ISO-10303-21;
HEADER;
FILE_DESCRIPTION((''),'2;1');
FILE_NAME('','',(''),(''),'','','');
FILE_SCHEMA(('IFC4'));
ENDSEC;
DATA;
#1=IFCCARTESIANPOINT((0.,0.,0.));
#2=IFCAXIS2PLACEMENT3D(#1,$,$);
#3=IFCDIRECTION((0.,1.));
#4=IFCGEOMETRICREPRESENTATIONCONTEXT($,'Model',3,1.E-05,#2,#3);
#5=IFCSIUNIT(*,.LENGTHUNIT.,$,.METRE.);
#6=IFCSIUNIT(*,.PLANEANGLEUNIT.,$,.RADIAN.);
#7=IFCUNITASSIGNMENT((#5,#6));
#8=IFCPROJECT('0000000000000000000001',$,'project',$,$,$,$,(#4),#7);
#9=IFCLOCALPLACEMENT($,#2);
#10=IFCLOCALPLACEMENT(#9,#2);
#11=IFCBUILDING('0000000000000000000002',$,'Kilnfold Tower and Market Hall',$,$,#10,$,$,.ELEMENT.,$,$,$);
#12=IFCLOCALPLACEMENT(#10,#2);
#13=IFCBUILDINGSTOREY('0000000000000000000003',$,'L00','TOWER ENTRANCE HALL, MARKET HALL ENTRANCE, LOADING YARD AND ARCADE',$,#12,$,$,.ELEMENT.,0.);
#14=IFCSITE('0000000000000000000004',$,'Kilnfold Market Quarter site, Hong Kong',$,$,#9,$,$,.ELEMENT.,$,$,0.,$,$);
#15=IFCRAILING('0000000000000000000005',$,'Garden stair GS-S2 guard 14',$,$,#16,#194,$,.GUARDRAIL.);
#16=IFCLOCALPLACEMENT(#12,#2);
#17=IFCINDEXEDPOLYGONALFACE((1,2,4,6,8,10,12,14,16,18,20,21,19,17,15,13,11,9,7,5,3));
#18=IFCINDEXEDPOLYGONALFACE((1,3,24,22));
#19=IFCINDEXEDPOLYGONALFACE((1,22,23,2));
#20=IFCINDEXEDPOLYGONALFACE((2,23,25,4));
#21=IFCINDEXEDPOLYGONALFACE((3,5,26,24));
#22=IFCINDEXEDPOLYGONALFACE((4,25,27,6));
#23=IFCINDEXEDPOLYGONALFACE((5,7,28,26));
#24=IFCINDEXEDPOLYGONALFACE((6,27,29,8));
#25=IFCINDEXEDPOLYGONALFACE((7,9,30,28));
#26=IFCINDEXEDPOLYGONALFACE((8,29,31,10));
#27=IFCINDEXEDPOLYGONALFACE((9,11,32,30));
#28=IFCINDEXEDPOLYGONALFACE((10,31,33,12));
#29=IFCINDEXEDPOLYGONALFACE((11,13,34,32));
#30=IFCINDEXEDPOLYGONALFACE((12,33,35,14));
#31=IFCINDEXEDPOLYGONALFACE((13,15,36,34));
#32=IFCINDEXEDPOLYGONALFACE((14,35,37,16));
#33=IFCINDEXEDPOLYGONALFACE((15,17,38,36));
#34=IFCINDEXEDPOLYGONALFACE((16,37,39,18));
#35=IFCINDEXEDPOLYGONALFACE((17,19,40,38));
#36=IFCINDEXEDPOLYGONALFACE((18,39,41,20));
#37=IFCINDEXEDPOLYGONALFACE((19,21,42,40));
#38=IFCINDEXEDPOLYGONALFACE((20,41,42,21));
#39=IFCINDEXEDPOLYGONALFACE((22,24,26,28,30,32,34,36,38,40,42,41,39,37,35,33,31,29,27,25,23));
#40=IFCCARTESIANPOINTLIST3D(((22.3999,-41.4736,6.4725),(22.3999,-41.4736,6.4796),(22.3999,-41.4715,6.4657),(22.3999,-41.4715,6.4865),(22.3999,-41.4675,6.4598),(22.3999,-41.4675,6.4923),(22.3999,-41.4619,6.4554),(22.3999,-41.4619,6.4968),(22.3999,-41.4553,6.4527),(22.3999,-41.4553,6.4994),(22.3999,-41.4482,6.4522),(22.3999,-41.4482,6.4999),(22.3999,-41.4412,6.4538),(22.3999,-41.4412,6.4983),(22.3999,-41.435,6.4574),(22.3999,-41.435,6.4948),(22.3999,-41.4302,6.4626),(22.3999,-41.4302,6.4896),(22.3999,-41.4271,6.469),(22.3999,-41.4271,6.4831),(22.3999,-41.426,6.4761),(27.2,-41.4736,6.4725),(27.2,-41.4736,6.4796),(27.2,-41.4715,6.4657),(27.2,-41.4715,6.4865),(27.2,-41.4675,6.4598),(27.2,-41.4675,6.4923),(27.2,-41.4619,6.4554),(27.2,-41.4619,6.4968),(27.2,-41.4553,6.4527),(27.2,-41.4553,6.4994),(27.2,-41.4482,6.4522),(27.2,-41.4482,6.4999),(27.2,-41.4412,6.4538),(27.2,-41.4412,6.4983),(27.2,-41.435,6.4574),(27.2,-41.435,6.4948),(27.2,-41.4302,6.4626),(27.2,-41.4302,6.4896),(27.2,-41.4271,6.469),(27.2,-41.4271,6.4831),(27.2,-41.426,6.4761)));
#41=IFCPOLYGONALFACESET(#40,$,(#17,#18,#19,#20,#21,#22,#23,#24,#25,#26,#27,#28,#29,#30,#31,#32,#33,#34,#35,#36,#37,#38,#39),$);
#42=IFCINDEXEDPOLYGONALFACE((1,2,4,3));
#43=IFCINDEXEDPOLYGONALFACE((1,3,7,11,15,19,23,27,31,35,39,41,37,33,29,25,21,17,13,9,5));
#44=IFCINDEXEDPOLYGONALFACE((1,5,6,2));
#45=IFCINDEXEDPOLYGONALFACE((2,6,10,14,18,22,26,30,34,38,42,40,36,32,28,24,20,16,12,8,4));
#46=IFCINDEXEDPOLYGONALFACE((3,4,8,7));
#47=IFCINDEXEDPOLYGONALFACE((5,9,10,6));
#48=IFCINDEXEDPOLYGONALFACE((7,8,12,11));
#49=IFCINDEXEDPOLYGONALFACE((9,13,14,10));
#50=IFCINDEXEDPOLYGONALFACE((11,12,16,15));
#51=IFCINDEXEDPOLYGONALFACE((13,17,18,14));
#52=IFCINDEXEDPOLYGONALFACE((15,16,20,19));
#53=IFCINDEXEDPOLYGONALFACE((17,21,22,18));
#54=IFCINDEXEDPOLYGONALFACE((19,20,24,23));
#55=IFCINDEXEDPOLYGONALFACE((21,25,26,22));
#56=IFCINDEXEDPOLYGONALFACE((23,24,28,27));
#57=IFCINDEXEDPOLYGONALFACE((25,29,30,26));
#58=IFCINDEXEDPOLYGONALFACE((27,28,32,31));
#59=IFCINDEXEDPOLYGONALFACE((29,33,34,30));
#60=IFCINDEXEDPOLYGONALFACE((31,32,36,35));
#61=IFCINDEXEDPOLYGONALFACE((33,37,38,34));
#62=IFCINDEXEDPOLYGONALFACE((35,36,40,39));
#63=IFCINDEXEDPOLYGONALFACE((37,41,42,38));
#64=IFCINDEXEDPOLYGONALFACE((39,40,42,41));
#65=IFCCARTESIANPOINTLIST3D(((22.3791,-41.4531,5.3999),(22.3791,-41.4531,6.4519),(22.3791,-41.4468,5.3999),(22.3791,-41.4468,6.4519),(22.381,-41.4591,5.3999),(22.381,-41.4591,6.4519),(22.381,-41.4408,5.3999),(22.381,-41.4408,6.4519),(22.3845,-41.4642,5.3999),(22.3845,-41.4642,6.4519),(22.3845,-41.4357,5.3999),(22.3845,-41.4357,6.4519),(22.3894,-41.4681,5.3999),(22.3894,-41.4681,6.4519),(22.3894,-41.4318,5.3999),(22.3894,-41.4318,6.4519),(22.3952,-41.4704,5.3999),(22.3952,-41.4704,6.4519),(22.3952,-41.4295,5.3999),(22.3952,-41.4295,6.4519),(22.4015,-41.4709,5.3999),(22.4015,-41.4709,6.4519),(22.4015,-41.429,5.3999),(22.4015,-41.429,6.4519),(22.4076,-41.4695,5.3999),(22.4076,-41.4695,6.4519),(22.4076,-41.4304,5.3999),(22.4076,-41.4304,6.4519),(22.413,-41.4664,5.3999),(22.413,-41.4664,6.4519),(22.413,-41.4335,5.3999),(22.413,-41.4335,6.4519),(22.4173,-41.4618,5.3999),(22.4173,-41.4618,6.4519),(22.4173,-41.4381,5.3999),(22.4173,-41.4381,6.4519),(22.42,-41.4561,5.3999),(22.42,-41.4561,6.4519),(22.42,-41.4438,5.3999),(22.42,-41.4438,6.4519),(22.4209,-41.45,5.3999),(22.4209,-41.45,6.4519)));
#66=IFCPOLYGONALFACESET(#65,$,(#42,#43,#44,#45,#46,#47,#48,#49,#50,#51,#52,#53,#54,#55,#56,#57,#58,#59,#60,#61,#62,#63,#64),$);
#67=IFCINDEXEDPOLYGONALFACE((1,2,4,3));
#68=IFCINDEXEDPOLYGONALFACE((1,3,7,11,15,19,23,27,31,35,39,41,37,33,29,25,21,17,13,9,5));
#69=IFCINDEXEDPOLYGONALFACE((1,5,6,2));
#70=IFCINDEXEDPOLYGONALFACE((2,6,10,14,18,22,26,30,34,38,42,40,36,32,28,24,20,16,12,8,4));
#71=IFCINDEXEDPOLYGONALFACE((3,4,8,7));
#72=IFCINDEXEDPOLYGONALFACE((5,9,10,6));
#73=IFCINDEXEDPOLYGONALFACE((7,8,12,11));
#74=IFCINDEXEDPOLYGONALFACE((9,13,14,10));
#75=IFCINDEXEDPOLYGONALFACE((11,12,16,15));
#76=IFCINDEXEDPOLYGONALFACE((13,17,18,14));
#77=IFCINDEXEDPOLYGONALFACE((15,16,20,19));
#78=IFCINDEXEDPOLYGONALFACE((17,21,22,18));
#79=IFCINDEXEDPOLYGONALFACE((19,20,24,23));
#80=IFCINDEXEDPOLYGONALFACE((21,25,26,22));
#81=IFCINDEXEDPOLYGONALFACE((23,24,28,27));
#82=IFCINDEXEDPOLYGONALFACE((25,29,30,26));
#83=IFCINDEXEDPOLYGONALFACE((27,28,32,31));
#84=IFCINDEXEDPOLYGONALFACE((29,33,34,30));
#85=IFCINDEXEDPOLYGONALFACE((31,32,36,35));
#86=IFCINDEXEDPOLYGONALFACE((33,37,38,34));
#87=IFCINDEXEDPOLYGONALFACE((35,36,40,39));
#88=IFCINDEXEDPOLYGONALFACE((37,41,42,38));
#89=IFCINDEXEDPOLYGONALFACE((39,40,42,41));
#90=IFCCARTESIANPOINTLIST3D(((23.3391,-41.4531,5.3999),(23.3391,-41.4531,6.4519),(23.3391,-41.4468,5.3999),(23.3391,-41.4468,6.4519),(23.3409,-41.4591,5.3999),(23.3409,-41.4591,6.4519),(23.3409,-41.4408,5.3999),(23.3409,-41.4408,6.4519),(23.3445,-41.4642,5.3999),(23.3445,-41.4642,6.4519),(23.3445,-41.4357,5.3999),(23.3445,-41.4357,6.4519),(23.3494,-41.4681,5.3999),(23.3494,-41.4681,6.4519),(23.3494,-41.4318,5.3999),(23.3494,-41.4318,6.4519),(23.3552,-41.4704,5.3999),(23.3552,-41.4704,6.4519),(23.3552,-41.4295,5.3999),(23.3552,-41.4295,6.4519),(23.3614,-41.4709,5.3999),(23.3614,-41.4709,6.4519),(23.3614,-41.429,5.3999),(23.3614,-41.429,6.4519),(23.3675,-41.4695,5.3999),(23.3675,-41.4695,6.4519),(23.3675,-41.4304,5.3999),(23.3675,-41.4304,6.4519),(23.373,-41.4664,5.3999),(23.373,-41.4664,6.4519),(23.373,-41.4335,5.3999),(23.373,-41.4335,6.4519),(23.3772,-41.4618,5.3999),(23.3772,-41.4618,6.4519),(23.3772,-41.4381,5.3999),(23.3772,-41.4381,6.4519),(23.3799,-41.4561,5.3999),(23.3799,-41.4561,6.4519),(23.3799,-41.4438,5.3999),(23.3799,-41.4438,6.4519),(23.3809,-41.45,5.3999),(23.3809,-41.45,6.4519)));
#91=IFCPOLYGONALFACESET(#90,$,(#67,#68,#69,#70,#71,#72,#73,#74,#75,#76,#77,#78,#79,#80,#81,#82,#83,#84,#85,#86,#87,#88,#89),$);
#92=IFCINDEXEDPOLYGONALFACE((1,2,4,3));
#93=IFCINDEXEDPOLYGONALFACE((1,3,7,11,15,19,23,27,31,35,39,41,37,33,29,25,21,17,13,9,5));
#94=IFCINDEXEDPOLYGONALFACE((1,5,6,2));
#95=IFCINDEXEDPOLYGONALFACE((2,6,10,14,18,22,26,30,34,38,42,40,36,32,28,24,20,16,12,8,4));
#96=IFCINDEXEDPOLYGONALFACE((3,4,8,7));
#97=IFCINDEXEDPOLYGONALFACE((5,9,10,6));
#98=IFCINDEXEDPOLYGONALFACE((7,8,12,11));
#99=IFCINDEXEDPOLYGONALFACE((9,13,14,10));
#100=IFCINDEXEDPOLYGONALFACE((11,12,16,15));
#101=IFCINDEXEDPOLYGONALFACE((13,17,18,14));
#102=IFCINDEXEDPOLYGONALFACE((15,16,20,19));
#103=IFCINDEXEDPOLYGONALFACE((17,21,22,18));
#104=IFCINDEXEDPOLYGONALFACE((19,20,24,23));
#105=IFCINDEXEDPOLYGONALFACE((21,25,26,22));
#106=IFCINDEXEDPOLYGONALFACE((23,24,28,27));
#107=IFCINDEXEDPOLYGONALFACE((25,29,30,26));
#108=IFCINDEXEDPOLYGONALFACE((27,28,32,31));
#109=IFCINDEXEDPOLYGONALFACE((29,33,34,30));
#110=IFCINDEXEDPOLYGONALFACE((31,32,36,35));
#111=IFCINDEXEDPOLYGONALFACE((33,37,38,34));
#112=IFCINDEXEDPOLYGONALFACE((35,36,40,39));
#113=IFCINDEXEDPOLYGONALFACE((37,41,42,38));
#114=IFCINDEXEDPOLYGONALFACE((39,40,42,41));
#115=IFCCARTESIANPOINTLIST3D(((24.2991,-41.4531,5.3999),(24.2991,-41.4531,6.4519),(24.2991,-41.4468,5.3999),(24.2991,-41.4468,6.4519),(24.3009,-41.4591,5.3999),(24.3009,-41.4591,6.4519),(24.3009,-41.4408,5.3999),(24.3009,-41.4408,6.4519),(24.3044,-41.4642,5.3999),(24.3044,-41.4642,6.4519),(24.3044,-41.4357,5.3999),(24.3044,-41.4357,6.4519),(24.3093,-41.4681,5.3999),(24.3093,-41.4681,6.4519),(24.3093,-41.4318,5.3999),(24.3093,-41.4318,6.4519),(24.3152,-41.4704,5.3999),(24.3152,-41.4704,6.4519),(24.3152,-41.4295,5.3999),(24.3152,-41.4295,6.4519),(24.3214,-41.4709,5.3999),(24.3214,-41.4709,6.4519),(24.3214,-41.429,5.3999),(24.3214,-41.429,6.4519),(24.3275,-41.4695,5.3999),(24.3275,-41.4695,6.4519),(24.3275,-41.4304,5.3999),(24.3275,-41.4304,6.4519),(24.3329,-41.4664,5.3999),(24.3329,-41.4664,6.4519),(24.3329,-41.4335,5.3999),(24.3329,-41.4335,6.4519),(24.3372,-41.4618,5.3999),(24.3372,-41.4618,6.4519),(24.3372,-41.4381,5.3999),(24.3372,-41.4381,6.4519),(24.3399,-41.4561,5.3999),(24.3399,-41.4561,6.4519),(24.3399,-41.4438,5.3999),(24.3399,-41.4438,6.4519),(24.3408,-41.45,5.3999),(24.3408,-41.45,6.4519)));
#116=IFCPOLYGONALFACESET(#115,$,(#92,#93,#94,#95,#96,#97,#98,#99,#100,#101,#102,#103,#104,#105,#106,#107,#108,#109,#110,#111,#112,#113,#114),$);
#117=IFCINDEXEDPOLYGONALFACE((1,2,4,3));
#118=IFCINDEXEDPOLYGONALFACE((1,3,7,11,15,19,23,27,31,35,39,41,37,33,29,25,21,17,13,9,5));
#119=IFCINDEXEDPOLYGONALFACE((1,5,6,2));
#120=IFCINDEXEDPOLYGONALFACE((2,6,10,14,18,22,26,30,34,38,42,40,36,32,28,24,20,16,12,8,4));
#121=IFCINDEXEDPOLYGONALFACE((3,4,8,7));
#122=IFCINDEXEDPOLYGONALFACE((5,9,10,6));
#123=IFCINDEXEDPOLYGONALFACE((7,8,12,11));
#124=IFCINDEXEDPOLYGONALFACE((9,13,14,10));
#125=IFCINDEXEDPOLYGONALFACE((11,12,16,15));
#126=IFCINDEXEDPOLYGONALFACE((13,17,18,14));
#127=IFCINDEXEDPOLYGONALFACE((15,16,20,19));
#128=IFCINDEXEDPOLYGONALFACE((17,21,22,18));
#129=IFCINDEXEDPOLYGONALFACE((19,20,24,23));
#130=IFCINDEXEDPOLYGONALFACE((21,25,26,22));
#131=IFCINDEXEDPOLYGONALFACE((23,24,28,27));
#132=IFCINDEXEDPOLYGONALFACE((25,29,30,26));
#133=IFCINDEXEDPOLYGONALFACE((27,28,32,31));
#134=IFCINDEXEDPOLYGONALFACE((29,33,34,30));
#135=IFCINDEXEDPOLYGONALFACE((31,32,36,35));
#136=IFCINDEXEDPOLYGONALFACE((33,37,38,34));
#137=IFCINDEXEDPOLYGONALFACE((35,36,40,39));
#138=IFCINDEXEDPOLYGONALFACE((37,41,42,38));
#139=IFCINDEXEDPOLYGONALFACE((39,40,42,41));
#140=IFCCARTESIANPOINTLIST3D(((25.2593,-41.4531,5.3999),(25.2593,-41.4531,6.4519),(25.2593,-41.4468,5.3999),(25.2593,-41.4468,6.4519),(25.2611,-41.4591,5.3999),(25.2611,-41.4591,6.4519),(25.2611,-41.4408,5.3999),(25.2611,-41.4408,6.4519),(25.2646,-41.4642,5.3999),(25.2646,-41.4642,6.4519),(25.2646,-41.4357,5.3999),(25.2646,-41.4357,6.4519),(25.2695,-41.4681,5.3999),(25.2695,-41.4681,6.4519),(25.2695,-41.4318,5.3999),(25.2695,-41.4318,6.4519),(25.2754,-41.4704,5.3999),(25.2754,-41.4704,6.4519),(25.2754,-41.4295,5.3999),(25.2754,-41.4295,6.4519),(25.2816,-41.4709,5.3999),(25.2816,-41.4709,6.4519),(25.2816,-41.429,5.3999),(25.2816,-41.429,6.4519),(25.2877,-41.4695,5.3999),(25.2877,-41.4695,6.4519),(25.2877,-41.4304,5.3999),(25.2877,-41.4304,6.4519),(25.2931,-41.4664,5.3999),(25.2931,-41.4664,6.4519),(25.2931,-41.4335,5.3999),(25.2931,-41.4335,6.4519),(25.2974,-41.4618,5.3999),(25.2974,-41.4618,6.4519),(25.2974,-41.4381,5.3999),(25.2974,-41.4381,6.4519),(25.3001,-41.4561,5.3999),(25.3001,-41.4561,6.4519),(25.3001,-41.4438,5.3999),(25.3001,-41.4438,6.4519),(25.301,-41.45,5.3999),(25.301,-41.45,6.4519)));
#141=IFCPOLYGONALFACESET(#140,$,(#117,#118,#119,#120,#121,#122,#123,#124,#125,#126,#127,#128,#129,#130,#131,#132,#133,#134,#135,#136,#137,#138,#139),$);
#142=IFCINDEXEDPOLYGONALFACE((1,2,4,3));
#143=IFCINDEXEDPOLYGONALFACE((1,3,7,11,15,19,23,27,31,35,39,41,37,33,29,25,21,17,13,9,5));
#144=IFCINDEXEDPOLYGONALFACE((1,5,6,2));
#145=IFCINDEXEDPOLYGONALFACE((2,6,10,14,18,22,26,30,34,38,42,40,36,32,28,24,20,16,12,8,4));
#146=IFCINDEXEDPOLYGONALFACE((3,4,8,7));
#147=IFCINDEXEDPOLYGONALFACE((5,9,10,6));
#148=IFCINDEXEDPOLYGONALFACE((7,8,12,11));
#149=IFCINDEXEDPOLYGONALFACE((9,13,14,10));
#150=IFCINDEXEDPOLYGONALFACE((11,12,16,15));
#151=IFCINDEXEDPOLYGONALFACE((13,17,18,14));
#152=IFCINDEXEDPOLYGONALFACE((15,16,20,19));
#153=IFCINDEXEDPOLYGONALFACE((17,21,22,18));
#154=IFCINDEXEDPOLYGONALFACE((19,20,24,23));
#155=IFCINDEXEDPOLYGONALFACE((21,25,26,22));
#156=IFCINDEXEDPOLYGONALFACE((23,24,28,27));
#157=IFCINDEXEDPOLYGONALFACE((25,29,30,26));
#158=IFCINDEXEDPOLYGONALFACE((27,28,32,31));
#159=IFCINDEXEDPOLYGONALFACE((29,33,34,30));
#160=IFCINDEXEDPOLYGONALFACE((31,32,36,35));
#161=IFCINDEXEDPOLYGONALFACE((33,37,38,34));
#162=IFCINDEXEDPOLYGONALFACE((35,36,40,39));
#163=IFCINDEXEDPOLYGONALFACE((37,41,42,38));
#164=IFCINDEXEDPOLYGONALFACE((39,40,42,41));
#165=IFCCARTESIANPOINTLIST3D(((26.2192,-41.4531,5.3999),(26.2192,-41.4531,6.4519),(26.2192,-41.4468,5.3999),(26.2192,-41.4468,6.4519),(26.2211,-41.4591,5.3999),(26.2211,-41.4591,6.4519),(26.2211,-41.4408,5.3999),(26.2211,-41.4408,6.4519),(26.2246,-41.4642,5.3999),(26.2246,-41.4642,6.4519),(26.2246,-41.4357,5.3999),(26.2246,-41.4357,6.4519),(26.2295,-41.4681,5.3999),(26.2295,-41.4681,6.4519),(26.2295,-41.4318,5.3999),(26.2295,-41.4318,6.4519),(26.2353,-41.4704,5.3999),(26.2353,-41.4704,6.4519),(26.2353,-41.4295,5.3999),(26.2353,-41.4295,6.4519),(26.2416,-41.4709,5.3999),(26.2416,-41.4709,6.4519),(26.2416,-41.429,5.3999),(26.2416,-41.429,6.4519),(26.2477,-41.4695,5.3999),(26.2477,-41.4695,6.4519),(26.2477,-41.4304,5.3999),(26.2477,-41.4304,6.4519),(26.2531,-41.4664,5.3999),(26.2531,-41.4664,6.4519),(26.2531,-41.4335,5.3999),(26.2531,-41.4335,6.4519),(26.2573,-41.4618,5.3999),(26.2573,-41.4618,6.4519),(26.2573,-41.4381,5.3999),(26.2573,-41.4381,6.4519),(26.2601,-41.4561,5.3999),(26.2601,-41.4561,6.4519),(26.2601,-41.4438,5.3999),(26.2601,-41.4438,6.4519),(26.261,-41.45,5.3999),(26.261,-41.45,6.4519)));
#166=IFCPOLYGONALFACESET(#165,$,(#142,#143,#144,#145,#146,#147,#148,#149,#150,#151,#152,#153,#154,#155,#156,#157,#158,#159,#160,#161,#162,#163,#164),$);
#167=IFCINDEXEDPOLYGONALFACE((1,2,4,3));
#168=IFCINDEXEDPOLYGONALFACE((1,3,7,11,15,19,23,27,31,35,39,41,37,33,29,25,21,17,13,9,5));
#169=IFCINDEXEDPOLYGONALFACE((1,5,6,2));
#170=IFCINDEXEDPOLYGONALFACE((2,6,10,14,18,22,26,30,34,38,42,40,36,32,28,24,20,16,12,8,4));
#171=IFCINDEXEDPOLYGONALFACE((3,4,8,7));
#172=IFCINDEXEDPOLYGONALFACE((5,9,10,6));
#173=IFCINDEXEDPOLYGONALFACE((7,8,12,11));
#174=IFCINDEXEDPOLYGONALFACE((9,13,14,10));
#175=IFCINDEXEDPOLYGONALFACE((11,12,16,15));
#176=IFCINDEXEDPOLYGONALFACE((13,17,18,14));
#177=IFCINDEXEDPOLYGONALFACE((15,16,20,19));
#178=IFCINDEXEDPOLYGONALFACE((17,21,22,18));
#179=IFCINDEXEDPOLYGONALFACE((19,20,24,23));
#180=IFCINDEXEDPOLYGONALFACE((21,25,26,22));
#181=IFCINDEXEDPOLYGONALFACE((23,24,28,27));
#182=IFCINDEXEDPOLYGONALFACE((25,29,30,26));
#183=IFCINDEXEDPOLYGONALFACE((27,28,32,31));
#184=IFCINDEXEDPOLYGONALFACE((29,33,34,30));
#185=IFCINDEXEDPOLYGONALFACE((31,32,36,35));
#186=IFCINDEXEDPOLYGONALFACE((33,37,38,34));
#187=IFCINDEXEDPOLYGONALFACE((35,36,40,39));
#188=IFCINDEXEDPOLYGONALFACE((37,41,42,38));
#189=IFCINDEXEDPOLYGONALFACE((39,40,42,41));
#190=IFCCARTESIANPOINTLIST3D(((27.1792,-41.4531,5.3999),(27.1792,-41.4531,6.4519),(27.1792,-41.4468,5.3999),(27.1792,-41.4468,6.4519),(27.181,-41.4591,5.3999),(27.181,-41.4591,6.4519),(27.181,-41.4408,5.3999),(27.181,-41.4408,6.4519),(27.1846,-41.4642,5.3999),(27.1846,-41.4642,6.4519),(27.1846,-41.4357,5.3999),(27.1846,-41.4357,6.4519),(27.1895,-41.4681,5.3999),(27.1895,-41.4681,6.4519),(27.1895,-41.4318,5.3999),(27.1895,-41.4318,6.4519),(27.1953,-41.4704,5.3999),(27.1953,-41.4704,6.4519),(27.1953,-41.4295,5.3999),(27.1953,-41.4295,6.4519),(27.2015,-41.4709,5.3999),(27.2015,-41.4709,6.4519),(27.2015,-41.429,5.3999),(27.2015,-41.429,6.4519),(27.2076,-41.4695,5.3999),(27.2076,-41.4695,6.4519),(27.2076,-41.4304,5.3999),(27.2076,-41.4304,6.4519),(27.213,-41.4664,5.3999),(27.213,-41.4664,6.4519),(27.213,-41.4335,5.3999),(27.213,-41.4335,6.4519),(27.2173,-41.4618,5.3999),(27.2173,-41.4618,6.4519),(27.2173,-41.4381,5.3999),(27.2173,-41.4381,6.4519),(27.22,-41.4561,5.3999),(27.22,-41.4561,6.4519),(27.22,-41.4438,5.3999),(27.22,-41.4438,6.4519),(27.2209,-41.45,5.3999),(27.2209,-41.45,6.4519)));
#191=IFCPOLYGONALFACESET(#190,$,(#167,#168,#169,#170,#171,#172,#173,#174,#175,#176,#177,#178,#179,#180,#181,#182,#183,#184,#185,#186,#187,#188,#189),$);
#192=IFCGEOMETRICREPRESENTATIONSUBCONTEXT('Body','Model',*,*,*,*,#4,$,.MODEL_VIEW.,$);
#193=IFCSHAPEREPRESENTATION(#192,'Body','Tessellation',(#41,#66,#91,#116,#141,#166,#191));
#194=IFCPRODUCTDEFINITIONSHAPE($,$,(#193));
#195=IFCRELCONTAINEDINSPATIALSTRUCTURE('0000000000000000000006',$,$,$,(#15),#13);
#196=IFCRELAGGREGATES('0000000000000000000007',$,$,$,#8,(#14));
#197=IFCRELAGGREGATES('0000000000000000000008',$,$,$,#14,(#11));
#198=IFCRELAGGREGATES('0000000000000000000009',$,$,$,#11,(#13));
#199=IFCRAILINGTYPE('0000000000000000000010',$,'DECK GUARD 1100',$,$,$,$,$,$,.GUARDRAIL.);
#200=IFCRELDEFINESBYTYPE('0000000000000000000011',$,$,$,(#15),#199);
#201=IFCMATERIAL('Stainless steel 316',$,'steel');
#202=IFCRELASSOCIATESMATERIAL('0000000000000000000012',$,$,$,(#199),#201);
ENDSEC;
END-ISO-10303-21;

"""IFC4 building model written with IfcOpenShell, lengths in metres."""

from ifc_helpers import new_model, si_unit, direction, frame, origin, origin_2d, place, context, subcontext, project, spatial, circle, extrude, material, type_object, element, save


model = new_model("IFC4")

# Units and contexts
model_context = context("Model", 3, precision=1e-05, world=origin(), true_north=direction((0.0, 1.0)))
body_context = subcontext(model_context, "Body", "Model", "MODEL_VIEW")
ifc_project = project(units=[si_unit("LENGTHUNIT", "METRE"), si_unit("PLANEANGLEUNIT", "RADIAN")], contexts=[model_context])

# Site, building, storey
site_placement = place(None, origin())
site = spatial("IfcSite", under=ifc_project, at=site_placement, Name="Kilnfold Market Quarter site, Hong Kong", CompositionType="ELEMENT", RefElevation=0.0)
building_placement = place(site_placement, origin())
building = spatial("IfcBuilding", under=site, at=building_placement, Name="Kilnfold Tower and Market Hall", CompositionType="ELEMENT")
storey_placement = place(building_placement, origin())
storey = spatial("IfcBuildingStorey", under=building, at=storey_placement, Name="L00", Description="TOWER ENTRANCE HALL, MARKET HALL ENTRANCE, LOADING YARD AND ARCADE", CompositionType="ELEMENT", Elevation=0.0)

# Railing
ifc_material_1 = material(Name="Stainless steel 316", Category="steel")
railing_type_1 = type_object("IfcRailingType", Name="DECK GUARD 1100", PredefinedType="GUARDRAIL", material=ifc_material_1)
railing_1_placement = place(storey_placement, frame((22.3999, -41.45, 5.3999)))
element("IfcRailing", 1, at=railing_1_placement, inside=storey, type_object=railing_type_1, Name="Garden stair GS-S2 guard 14", PredefinedType="GUARDRAIL", context=body_context, shape_type="SweptSolid", body=[
    extrude(circle(Radius=0.0239, at=origin_2d()), frame((0.0, 0.0, 1.0762), z_axis=(1.0, 0.0, 0.0), x_axis=(0.0, 1.0, 0.0)), (0.0, 0.0, 1.0), 4.8),
    extrude(circle(Radius=0.021, at=origin_2d()), origin(), (0.0, 0.0, 1.0), 1.052),
    extrude(circle(Radius=0.021, at=origin_2d()), frame((0.96, 0.0, 0.0)), (0.0, 0.0, 1.0), 1.052),
    extrude(circle(Radius=0.021, at=origin_2d()), frame((1.9199, 0.0, 0.0)), (0.0, 0.0, 1.0), 1.052),
    extrude(circle(Radius=0.021, at=origin_2d()), frame((2.8801, 0.0, 0.0)), (0.0, 0.0, 1.0), 1.052),
    extrude(circle(Radius=0.021, at=origin_2d()), frame((3.8401, 0.0, 0.0)), (0.0, 0.0, 1.0), 1.052),
    extrude(circle(Radius=0.021, at=origin_2d()), frame((4.8, 0.0, 0.0)), (0.0, 0.0, 1.0), 1.052),
])

save(model, "model.ifc")
